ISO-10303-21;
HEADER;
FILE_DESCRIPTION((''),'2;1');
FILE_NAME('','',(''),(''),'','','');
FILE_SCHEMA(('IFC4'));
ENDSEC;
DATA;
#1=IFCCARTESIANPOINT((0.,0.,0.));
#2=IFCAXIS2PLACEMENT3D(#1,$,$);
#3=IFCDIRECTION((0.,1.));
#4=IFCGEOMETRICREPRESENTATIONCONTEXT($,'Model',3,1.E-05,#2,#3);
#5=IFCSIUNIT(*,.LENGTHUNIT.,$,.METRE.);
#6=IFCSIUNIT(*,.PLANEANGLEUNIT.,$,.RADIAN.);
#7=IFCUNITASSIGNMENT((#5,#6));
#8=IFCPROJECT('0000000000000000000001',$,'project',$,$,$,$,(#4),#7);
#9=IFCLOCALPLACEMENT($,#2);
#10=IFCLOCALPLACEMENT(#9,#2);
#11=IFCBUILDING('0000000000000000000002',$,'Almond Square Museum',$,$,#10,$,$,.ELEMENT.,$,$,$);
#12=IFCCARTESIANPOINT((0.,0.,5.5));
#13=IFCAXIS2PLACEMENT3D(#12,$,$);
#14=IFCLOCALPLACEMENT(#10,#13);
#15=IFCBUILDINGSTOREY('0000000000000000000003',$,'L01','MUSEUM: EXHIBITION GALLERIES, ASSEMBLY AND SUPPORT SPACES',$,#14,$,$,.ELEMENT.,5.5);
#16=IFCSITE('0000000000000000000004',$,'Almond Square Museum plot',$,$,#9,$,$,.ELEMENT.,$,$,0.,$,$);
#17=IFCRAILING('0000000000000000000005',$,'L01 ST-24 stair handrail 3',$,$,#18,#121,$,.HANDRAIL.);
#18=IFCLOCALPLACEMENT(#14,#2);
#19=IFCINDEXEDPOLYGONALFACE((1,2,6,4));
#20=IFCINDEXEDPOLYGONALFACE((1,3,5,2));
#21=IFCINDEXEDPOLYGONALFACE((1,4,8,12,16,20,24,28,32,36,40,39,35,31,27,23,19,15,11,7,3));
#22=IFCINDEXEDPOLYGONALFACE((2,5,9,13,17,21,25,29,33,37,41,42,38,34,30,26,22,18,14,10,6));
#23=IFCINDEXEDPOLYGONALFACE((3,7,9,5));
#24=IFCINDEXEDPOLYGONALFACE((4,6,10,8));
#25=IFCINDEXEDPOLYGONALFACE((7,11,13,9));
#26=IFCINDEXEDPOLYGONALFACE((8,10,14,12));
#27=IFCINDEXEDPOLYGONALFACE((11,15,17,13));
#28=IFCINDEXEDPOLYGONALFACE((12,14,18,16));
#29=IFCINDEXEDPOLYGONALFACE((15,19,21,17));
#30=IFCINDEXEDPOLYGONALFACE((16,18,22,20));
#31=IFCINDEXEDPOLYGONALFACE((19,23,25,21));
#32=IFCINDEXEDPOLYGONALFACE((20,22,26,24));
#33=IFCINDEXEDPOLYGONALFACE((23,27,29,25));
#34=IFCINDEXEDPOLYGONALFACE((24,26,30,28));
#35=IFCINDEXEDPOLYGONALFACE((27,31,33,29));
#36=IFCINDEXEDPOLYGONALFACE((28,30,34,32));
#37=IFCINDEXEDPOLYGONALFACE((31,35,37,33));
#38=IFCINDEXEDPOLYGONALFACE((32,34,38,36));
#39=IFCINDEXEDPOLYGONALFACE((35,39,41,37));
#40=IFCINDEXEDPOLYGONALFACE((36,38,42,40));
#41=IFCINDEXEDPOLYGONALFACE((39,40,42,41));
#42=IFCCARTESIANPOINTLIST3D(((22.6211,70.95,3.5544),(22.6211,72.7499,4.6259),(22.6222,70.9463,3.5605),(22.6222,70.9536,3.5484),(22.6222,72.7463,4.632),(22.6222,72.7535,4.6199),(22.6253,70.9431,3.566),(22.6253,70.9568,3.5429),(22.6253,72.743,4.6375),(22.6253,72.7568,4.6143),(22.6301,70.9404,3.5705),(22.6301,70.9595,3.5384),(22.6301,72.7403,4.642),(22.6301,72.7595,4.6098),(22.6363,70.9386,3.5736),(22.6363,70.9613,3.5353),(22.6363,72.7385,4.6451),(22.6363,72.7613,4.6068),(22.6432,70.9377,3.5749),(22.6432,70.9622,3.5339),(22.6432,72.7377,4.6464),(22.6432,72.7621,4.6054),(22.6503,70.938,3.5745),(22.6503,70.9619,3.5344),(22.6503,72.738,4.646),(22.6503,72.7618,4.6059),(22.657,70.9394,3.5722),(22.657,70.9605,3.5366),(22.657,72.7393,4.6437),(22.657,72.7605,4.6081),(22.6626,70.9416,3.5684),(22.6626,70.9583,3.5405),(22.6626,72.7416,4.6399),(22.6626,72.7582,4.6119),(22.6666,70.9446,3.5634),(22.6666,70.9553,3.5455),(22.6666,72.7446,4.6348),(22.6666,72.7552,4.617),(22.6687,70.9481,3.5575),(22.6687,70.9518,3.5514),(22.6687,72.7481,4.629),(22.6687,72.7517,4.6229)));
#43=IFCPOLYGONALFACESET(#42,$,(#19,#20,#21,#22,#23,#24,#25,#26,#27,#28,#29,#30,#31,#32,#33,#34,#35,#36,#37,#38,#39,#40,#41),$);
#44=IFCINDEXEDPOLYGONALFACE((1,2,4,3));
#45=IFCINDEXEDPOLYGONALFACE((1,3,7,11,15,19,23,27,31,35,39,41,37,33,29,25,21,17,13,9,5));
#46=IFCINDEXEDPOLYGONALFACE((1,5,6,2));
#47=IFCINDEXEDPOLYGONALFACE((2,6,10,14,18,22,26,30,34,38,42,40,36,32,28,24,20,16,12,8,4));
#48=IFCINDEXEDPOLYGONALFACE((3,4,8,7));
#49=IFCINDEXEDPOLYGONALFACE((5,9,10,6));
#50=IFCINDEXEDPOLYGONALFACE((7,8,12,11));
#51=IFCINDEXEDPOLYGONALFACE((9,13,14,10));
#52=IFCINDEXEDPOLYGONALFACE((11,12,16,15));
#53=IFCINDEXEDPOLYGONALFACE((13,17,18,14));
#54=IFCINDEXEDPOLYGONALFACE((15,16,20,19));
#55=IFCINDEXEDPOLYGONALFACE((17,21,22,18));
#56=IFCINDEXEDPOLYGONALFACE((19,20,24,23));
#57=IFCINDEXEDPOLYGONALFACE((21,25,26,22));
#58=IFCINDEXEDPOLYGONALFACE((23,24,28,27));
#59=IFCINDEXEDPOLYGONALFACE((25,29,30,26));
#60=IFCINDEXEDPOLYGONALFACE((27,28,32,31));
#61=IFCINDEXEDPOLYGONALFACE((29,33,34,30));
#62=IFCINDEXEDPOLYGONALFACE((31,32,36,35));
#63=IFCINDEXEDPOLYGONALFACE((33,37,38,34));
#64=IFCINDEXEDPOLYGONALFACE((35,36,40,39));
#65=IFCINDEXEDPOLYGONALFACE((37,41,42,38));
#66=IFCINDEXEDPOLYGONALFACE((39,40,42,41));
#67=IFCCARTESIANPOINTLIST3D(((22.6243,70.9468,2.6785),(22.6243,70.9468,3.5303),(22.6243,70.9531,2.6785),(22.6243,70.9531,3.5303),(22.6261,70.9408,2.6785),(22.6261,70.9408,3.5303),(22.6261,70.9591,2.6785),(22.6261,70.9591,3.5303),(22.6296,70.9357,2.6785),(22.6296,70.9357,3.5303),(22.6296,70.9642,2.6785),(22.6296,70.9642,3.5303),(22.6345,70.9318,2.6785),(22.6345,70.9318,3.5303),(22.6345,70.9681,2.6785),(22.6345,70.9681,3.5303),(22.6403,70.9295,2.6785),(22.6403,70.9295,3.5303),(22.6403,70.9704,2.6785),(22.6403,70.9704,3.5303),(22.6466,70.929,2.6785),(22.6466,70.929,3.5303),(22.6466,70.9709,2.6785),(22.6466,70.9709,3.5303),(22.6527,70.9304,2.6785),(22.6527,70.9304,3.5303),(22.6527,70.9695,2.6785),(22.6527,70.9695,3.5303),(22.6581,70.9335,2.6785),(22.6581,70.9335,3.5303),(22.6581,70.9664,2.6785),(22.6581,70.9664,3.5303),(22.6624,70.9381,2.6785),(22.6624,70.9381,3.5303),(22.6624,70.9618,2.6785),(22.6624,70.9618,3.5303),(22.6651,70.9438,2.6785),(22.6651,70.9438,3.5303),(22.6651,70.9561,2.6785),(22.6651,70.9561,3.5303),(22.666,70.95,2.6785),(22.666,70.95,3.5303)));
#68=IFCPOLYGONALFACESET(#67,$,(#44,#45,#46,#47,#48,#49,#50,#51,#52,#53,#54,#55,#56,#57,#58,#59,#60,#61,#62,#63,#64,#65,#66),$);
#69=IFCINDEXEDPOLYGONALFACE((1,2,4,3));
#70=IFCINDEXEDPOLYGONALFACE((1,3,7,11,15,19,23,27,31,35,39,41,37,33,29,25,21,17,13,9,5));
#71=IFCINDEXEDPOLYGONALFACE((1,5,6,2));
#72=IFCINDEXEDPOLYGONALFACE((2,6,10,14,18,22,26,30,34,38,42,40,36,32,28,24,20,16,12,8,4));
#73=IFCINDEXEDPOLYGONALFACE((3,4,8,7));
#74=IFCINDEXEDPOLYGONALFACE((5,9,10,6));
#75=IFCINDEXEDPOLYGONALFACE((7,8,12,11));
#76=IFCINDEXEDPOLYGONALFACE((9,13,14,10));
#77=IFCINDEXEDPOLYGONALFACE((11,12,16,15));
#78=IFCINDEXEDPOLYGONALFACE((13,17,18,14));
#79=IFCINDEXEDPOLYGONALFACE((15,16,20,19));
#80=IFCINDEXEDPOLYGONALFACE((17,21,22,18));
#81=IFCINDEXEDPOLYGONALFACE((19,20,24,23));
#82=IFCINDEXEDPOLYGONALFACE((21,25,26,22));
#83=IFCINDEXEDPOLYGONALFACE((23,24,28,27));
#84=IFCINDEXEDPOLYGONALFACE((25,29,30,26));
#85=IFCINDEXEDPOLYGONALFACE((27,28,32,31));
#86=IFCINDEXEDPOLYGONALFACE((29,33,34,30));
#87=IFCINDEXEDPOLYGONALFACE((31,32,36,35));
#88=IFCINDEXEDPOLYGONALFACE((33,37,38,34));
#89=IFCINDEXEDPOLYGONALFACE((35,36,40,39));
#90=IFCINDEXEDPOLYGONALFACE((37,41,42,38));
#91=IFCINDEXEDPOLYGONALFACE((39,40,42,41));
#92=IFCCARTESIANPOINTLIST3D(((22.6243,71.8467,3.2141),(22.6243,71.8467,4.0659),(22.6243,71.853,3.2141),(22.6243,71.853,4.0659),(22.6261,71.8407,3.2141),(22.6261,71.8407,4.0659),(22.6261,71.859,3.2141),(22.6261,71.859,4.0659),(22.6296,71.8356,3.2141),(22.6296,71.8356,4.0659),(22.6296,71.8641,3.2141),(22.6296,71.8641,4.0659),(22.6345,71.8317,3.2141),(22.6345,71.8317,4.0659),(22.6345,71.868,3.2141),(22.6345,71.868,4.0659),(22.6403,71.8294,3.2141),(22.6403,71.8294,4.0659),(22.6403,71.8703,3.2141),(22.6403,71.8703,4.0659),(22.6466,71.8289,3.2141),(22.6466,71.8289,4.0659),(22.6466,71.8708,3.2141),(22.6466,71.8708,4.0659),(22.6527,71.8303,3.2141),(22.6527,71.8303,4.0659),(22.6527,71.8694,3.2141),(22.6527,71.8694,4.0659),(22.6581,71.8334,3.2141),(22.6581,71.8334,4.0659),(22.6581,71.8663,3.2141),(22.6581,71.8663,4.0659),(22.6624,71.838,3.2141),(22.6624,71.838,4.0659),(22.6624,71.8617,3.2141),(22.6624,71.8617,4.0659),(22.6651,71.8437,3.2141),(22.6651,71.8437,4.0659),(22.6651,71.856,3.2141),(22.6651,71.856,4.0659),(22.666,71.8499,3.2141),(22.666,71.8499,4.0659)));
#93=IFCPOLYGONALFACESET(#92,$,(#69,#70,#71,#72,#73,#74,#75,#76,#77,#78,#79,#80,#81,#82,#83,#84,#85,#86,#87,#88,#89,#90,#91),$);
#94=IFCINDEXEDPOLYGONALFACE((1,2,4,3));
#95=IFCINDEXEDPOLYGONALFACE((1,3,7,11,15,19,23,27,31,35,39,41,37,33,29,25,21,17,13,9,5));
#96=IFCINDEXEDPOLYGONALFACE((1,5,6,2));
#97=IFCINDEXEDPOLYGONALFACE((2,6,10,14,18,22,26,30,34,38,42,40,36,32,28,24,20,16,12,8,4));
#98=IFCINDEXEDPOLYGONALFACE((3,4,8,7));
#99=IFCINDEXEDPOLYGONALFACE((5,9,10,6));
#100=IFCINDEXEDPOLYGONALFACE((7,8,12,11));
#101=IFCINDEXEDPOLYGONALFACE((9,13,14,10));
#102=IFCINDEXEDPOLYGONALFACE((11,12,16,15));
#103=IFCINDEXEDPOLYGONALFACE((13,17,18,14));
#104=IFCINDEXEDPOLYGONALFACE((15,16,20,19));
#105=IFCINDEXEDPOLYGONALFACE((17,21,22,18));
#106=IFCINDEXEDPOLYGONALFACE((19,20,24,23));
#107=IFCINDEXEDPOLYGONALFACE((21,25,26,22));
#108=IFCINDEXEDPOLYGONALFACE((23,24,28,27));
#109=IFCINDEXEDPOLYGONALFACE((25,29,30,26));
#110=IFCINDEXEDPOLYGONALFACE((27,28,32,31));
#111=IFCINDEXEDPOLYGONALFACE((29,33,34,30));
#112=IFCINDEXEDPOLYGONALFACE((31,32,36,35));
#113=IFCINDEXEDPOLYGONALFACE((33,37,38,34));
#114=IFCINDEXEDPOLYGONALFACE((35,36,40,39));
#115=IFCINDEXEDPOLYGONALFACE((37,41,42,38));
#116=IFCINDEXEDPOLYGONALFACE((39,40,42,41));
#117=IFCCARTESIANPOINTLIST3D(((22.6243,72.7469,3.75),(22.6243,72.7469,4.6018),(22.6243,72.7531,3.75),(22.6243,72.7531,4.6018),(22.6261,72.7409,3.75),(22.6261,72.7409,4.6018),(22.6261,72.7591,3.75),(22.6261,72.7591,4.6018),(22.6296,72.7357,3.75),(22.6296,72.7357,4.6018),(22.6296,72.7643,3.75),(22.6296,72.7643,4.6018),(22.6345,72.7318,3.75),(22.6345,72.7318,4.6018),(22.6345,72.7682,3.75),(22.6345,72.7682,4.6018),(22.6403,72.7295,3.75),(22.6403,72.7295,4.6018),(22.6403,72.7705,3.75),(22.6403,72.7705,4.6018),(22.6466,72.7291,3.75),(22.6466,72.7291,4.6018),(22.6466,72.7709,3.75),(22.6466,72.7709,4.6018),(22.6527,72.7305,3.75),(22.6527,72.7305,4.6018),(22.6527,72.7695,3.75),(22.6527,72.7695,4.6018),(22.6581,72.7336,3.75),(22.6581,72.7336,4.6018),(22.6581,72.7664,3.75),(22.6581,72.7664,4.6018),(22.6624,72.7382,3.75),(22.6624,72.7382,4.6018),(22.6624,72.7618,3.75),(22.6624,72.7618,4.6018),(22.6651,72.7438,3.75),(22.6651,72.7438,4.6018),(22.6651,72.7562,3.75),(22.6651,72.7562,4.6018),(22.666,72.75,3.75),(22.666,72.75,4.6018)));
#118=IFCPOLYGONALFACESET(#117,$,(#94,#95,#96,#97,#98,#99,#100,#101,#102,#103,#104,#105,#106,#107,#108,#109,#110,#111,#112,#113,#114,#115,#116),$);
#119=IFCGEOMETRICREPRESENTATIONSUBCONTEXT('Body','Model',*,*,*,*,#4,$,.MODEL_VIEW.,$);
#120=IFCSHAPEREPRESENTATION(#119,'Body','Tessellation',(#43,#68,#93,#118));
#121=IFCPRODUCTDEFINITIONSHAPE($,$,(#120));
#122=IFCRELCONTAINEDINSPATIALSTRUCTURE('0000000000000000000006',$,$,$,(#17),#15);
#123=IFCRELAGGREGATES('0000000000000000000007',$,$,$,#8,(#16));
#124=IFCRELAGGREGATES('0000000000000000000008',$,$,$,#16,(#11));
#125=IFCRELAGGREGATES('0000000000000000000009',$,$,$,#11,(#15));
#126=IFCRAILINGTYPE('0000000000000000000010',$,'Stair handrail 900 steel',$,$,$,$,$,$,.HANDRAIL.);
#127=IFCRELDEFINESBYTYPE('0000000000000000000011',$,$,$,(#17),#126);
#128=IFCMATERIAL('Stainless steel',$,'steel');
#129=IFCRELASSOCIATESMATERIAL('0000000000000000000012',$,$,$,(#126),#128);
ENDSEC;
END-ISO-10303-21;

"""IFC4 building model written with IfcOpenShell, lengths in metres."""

from ifc_helpers import new_model, si_unit, direction, frame, origin, origin_2d, place, context, subcontext, project, spatial, circle, extrude, material, type_object, element, save


model = new_model("IFC4")

# Units and contexts
model_context = context("Model", 3, precision=1e-05, world=origin(), true_north=direction((0.0, 1.0)))
body_context = subcontext(model_context, "Body", "Model", "MODEL_VIEW")
ifc_project = project(units=[si_unit("LENGTHUNIT", "METRE"), si_unit("PLANEANGLEUNIT", "RADIAN")], contexts=[model_context])

# Site, building, storey
site_placement = place(None, origin())
site = spatial("IfcSite", under=ifc_project, at=site_placement, Name="Almond Square Museum plot", CompositionType="ELEMENT", RefElevation=0.0)
building_placement = place(site_placement, origin())
building = spatial("IfcBuilding", under=site, at=building_placement, Name="Almond Square Museum", CompositionType="ELEMENT")
storey_placement = place(building_placement, frame((0.0, 0.0, 5.5)))
storey = spatial("IfcBuildingStorey", under=building, at=storey_placement, Name="L01", Description="MUSEUM: EXHIBITION GALLERIES, ASSEMBLY AND SUPPORT SPACES", CompositionType="ELEMENT", Elevation=5.5)

# Railing
ifc_material_1 = material(Name="Stainless steel", Category="steel")
railing_type_1 = type_object("IfcRailingType", Name="Stair handrail 900 steel", PredefinedType="HANDRAIL", material=ifc_material_1)
for number, where, name in (
    (1, (22.645, 70.95, 2.6785), "L01 ST-24 stair handrail 3"),
):
    element("IfcRailing", number, at=place(storey_placement, frame(where)), inside=storey, type_object=railing_type_1, Name=name, PredefinedType="HANDRAIL", context=body_context, shape_type="SweptSolid", body=[
        extrude(circle(Radius=0.0239, at=origin_2d()), frame((0.0, 0.0, 0.876), z_axis=(0.0, 0.859277, 0.51151), x_axis=(-1.0, 0.0, 0.0)), (0.0, 0.0, 1.0), 2.0947),
        extrude(circle(Radius=0.021, at=origin_2d()), origin(), (0.0, 0.0, 1.0), 0.8518),
        extrude(circle(Radius=0.021, at=origin_2d()), frame((0.0, 0.8999, 0.5356)), (0.0, 0.0, 1.0), 0.8518),
        extrude(circle(Radius=0.021, at=origin_2d()), frame((0.0, 1.8, 1.0715)), (0.0, 0.0, 1.0), 0.8518),
    ])

save(model, "model.ifc")
